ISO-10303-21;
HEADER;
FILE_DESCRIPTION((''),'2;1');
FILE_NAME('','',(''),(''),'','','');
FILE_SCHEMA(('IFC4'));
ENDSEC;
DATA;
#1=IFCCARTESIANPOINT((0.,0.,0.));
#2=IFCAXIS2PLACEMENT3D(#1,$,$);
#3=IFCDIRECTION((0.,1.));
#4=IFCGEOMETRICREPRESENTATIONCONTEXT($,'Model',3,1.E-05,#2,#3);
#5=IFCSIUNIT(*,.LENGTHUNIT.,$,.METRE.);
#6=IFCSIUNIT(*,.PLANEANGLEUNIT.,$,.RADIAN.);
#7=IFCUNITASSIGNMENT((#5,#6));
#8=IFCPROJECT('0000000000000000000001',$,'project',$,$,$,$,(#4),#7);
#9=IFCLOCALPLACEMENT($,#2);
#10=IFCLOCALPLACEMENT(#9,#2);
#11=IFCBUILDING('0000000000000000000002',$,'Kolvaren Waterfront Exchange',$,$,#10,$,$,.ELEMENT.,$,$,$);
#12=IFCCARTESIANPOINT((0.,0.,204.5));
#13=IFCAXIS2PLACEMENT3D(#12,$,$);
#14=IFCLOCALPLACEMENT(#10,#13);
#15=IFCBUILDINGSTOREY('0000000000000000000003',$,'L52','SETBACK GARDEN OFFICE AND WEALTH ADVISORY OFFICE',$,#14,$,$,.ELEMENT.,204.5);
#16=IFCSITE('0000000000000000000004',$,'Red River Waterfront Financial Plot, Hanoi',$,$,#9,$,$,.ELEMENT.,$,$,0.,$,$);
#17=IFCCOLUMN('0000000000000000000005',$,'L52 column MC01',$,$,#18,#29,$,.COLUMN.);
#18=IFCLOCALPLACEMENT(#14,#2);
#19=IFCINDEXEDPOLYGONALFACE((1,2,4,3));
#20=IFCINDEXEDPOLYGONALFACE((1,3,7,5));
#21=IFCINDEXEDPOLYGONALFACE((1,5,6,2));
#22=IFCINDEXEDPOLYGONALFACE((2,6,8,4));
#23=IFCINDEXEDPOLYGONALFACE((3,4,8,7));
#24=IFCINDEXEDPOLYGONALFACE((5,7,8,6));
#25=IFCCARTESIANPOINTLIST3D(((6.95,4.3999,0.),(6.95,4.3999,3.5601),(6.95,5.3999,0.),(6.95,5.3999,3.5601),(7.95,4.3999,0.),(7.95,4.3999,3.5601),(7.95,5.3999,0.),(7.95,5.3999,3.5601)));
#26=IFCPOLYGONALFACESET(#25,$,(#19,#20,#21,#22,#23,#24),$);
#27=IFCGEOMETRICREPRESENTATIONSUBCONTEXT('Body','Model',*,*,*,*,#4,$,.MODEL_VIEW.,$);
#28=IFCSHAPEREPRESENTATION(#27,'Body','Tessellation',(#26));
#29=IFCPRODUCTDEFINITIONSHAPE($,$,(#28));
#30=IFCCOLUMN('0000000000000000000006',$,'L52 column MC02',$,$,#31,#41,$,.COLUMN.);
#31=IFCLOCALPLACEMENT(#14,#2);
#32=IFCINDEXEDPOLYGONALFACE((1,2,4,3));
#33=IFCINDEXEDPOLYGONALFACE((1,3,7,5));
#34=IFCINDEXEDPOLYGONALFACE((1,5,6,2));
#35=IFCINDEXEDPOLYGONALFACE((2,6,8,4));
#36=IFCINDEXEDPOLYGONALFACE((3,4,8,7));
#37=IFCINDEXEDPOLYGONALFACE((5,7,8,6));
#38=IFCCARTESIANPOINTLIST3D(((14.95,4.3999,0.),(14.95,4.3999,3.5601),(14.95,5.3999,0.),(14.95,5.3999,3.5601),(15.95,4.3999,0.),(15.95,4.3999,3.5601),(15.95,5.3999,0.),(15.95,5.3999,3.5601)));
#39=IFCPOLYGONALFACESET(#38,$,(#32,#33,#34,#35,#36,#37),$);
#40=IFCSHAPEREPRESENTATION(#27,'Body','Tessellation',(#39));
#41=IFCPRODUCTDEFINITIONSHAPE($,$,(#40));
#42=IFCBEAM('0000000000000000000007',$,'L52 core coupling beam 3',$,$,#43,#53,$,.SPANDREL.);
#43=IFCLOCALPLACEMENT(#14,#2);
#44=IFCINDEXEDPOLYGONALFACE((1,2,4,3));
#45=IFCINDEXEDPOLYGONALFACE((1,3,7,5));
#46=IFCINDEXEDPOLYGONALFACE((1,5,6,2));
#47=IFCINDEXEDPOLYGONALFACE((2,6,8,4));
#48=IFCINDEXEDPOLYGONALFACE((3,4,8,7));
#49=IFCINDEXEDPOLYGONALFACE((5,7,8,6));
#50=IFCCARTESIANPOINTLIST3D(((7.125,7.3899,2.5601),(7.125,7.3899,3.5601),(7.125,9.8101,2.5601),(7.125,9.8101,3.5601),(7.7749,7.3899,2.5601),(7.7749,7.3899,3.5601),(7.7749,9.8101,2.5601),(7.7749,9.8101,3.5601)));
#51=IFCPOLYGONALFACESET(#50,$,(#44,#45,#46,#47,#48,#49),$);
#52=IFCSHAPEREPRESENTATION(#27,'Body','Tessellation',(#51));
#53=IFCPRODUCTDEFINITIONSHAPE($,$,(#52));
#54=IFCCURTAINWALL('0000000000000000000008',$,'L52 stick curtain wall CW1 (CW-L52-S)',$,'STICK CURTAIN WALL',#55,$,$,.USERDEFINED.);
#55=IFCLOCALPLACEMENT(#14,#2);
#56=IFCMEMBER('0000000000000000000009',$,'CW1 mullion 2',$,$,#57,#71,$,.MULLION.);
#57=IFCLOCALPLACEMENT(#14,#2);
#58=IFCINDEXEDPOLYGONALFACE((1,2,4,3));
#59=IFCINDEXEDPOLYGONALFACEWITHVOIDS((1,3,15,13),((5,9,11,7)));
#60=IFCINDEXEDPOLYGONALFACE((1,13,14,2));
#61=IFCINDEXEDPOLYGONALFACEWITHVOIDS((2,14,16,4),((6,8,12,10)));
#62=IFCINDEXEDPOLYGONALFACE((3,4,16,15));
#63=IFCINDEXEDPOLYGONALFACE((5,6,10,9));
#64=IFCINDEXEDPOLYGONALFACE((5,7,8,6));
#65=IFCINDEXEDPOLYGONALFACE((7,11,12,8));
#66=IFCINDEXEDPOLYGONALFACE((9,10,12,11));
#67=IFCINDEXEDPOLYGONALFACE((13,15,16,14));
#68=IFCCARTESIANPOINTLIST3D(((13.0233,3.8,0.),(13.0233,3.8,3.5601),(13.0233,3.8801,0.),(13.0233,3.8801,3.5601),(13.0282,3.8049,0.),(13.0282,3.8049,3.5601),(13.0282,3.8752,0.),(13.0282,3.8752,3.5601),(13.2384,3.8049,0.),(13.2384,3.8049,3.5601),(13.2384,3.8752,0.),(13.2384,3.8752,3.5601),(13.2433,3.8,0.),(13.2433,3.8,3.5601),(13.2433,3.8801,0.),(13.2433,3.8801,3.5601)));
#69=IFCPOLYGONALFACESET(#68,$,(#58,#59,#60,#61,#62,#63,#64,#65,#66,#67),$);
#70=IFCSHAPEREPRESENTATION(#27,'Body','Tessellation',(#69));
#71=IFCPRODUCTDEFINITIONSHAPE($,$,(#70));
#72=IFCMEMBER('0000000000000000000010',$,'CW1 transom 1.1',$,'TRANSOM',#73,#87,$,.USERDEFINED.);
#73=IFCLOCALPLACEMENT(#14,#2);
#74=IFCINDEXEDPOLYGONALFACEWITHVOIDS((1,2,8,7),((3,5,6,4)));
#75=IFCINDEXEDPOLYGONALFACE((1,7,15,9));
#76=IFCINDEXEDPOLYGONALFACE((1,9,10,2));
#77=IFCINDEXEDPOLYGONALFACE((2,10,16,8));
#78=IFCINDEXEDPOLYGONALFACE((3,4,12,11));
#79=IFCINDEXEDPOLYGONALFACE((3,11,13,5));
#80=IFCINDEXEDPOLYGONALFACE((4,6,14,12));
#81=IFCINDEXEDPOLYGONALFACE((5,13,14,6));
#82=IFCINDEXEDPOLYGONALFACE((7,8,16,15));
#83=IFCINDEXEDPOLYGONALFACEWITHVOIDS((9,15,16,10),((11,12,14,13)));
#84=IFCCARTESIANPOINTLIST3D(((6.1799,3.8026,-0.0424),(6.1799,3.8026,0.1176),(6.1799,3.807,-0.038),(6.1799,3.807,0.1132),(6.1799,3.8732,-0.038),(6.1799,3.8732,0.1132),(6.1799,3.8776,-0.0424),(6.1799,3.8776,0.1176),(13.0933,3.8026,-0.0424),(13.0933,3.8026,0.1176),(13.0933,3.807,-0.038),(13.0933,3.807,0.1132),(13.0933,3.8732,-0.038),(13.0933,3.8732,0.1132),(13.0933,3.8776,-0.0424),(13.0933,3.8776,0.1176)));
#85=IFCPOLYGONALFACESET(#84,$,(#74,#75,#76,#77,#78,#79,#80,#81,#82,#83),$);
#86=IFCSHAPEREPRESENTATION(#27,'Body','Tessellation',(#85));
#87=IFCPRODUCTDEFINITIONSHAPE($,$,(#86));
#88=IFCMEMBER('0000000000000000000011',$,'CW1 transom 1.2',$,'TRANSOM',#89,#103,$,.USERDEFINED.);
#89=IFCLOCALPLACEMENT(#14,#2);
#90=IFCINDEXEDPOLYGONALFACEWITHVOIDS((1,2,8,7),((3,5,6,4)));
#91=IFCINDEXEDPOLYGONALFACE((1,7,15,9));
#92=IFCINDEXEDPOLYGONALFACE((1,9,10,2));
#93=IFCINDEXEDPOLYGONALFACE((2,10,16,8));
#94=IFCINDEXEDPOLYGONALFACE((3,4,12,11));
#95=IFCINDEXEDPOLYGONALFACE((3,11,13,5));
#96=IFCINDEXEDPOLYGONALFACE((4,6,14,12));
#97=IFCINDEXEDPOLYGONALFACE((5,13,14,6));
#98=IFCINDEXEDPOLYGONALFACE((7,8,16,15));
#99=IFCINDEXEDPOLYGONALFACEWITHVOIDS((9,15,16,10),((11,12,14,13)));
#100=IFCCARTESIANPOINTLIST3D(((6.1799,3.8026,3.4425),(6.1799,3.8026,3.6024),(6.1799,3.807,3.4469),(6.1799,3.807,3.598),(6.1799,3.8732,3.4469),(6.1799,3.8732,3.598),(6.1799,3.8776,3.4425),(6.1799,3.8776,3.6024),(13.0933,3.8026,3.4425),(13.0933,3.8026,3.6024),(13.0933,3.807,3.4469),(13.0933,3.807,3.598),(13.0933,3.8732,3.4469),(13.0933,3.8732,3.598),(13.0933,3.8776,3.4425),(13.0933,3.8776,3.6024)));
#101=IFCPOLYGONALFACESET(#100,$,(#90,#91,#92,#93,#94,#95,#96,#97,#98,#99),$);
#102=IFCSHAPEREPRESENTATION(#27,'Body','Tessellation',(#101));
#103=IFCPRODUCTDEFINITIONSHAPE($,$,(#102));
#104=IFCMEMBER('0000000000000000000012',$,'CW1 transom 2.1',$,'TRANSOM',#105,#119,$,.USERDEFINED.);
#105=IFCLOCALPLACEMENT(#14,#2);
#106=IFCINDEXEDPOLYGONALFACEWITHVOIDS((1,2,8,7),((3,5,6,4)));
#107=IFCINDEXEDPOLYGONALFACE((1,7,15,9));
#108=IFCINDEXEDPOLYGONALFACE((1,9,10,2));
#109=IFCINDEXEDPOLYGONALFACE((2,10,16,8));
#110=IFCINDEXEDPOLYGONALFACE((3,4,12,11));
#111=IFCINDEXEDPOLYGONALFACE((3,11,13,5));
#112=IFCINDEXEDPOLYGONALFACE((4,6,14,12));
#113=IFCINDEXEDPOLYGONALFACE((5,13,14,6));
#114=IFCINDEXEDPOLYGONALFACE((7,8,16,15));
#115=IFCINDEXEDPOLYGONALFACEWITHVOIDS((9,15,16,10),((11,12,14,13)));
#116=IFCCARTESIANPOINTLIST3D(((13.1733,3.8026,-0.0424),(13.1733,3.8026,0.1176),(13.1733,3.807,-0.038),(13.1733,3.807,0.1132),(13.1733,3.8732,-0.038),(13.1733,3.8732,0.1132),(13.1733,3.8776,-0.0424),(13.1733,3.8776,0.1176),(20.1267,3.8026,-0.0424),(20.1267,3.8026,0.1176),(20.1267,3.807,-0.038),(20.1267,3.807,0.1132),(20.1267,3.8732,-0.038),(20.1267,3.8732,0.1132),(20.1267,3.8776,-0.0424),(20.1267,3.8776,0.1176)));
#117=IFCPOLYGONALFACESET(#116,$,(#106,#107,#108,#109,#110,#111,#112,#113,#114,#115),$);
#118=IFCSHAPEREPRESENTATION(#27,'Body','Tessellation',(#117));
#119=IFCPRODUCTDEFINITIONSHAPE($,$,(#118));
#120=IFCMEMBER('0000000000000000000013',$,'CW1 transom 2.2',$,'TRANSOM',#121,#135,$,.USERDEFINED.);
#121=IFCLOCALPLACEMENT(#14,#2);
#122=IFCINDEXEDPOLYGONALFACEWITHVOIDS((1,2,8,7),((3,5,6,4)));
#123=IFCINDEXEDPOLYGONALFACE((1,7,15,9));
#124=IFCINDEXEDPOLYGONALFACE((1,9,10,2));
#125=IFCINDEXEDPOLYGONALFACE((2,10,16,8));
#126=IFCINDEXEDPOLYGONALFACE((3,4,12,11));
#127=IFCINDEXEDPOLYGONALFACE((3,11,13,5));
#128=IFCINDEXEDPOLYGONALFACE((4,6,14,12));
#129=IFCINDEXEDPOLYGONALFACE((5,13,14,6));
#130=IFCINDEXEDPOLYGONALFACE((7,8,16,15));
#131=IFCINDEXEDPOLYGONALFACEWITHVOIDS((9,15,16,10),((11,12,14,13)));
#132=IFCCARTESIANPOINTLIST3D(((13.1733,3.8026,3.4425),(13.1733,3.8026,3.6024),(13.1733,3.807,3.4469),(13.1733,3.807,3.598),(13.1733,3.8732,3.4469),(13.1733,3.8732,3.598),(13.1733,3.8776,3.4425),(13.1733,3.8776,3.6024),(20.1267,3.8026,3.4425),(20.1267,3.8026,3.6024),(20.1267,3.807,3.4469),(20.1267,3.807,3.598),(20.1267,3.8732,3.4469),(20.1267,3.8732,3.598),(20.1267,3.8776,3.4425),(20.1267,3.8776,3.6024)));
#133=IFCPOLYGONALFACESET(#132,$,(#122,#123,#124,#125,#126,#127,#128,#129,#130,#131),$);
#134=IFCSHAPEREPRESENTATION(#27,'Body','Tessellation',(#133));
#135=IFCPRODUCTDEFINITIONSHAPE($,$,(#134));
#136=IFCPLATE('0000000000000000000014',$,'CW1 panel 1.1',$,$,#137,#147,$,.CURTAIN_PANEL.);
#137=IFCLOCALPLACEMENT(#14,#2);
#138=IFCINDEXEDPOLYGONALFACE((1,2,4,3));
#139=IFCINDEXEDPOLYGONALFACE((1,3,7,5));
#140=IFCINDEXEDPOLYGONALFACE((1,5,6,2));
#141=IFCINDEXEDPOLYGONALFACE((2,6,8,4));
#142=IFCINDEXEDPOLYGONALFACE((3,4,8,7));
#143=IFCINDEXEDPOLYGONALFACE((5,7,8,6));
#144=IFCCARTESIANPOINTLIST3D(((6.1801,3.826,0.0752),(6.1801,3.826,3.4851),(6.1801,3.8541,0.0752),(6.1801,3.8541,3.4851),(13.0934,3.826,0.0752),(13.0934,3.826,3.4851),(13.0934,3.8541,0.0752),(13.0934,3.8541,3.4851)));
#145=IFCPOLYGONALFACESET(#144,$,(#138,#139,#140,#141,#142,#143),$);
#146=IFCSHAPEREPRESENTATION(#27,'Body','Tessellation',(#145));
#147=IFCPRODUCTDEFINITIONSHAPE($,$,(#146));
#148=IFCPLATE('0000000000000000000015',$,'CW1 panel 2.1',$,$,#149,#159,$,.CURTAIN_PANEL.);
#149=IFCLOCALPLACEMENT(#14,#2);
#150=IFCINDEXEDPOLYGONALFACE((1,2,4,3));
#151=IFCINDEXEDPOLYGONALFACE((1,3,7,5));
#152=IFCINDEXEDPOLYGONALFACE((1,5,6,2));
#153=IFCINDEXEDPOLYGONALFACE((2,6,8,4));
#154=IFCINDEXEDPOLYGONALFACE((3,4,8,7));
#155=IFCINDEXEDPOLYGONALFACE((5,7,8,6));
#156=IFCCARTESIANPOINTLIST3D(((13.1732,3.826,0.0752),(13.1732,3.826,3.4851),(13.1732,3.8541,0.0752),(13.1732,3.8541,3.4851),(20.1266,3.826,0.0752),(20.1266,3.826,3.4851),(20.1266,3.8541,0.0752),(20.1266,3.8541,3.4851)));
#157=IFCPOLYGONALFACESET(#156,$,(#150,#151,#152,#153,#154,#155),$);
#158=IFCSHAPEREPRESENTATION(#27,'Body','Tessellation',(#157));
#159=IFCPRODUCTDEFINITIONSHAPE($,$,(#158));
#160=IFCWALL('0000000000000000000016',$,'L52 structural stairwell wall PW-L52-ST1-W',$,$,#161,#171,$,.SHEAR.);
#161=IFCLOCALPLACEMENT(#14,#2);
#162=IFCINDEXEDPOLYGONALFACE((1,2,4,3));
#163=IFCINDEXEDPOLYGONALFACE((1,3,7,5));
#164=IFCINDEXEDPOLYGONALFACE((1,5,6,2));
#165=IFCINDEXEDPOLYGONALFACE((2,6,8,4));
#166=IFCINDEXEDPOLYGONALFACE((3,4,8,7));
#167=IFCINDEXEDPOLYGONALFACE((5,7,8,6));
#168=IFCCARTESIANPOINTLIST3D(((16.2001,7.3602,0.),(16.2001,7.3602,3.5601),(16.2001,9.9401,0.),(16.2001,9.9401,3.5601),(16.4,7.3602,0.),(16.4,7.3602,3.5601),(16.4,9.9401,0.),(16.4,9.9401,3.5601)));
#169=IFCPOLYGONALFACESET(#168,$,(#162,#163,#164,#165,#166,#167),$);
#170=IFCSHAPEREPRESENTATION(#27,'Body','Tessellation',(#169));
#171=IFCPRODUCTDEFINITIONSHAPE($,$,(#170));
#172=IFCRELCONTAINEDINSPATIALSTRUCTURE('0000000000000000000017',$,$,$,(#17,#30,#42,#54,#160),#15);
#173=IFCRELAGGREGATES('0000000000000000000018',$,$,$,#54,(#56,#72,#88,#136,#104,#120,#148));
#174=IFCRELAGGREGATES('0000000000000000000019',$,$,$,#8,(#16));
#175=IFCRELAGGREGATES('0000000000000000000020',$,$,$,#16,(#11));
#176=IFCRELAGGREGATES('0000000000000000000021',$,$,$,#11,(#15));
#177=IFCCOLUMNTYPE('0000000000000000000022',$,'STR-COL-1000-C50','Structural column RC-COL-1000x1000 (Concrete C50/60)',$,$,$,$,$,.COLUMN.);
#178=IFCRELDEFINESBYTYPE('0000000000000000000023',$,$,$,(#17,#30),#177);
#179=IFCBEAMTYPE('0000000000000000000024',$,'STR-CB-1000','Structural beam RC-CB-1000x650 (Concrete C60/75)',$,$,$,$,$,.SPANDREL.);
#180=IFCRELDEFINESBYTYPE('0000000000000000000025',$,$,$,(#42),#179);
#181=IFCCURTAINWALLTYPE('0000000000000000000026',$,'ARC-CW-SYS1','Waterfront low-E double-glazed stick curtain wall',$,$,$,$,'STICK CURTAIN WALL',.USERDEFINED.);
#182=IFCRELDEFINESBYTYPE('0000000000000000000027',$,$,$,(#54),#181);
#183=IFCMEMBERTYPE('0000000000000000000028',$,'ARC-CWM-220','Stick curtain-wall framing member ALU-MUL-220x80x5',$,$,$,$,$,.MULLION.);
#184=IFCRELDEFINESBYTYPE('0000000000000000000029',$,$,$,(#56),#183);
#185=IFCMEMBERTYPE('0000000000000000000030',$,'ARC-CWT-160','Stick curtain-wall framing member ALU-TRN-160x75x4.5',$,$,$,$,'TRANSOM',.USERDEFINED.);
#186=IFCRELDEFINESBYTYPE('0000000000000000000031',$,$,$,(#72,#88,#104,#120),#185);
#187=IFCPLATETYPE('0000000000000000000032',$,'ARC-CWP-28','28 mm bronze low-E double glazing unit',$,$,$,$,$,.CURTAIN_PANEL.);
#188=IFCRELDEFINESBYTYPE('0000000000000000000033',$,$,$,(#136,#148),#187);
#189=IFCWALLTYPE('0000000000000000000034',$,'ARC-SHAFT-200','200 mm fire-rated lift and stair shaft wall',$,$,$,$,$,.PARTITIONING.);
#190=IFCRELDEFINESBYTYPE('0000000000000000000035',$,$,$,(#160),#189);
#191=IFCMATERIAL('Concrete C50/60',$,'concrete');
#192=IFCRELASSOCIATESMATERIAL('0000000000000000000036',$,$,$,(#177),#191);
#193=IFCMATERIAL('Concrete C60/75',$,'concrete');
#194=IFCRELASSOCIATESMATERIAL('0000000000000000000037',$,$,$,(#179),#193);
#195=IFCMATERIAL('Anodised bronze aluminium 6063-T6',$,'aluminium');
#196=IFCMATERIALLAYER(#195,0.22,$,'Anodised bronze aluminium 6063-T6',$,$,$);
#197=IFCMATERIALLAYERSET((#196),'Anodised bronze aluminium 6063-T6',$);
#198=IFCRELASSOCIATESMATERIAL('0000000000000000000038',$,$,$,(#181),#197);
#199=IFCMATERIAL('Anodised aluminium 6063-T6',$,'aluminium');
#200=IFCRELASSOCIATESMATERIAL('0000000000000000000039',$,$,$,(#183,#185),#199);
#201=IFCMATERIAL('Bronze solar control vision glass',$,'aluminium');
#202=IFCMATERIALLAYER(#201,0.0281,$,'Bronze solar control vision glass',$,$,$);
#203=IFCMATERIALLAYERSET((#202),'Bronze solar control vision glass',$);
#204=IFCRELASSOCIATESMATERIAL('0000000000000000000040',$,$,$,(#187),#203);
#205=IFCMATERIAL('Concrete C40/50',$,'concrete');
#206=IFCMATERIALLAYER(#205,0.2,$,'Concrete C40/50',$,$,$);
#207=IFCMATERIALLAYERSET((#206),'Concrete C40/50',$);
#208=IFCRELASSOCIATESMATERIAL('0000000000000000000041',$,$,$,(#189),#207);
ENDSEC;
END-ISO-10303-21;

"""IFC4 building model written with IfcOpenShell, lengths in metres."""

from ifc_helpers import new_model, si_unit, direction, frame, frame_2d, origin, origin_with_axes, origin_2d, place, context, subcontext, project, spatial, rectangle, hollow_rectangle, extrude, source, transform, mapped, material, layer, layer_set, material_profile, profile_set, type_object, element, aggregate, save


model = new_model("IFC4")

# Units and contexts
model_context = context("Model", 3, precision=1e-05, world=origin(), true_north=direction((0.0, 1.0)))
body_context = subcontext(model_context, "Body", "Model", "MODEL_VIEW")
ifc_project = project(units=[si_unit("LENGTHUNIT", "METRE"), si_unit("PLANEANGLEUNIT", "RADIAN")], contexts=[model_context])

# Site, building, storey
site_placement = place(None, origin())
site = spatial("IfcSite", under=ifc_project, at=site_placement, Name="Red River Waterfront Financial Plot, Hanoi", CompositionType="ELEMENT", RefElevation=0.0)
building_placement = place(site_placement, origin())
building = spatial("IfcBuilding", under=site, at=building_placement, Name="Kolvaren Waterfront Exchange", CompositionType="ELEMENT")
storey_placement = place(building_placement, frame((0.0, 0.0, 204.5)))
storey = spatial("IfcBuildingStorey", under=building, at=storey_placement, Name="L52", Description="SETBACK GARDEN OFFICE AND WEALTH ADVISORY OFFICE", CompositionType="ELEMENT", Elevation=204.5)

# Columns
ifc_material_1 = material(Name="Concrete C50/60", Category="concrete")
ifc_material_profile_1 = material_profile(ifc_material_1, rectangle(XDim=1.0, YDim=1.0, at=origin_2d()), Name="RC-COL-1000x1000")
ifc_profile_set_1 = profile_set([ifc_material_profile_1], Name="Concrete C50/60")
column_type = type_object("IfcColumnType", Name="STR-COL-1000-C50", Description="Structural column RC-COL-1000x1000 (Concrete C50/60)", PredefinedType="COLUMN", material=ifc_profile_set_1)
for number, where, z_axis, x_axis, name in (
    (1, (7.45, 4.8999, 0.0), (0.0, 0.0, 1.0), (1.0, 0.0, 0.0), "L52 column MC01"),
    (2, (15.45, 4.8999, 0.0), (0.0, 0.0, 1.0), (1.0, 0.0, 0.0), "L52 column MC02"),
):
    element("IfcColumn", number, at=place(storey_placement, frame(where, z_axis=z_axis, x_axis=x_axis)), inside=storey, type_object=column_type, Name=name, PredefinedType="COLUMN", context=body_context, shape_type="SweptSolid", body=[
        extrude(rectangle(XDim=1.0, YDim=1.0, at=origin_2d()), origin(), (0.0, 0.0, 1.0), 3.5601),
    ])

# Beam
ifc_material_2 = material(Name="Concrete C60/75", Category="concrete")
ifc_material_profile_2 = material_profile(ifc_material_2, rectangle(XDim=0.6499, YDim=1.0, at=origin_2d()), Name="RC-CB-1000x650")
ifc_profile_set_2 = profile_set([ifc_material_profile_2], Name="Concrete C60/75")
beam_type = type_object("IfcBeamType", Name="STR-CB-1000", Description="Structural beam RC-CB-1000x650 (Concrete C60/75)", PredefinedType="SPANDREL", material=ifc_profile_set_2)
beam_placement = place(storey_placement, frame((7.45, 7.3899, 3.0601), z_axis=(0.0, 1.0, 0.0), x_axis=(-1.0, 0.0, 0.0)))
element("IfcBeam", 3, at=beam_placement, inside=storey, type_object=beam_type, Name="L52 core coupling beam 3", PredefinedType="SPANDREL", context=body_context, shape_type="SweptSolid", body=[
    extrude(rectangle(XDim=0.6499, YDim=1.0, at=origin_2d()), origin(), (0.0, 0.0, 1.0), 2.4202),
])

# Curtain wall, members, plates
ifc_material_3 = material(Name="Anodised bronze aluminium 6063-T6", Category="aluminium")
ifc_layer_1 = layer(ifc_material_3, 0.22, Name="Anodised bronze aluminium 6063-T6")
ifc_layer_set_1 = layer_set([ifc_layer_1], Name="Anodised bronze aluminium 6063-T6")
curtain_wall_type = type_object("IfcCurtainWallType", Name="ARC-CW-SYS1", Description="Waterfront low-E double-glazed stick curtain wall", ElementType="STICK CURTAIN WALL", PredefinedType="USERDEFINED", material=ifc_layer_set_1)
curtain_wall_placement = place(storey_placement, origin())
curtain_wall = element("IfcCurtainWall", 4, at=curtain_wall_placement, inside=storey, type_object=curtain_wall_type, Name="L52 stick curtain wall CW1 (CW-L52-S)", ObjectType="STICK CURTAIN WALL", PredefinedType="USERDEFINED")
ifc_material_4 = material(Name="Anodised aluminium 6063-T6", Category="aluminium")
ifc_material_profile_3 = material_profile(ifc_material_4, hollow_rectangle(XDim=0.0801, YDim=0.22, WallThickness=0.0049, at=origin_2d()), Name="ALU-MUL-220x80x5")
ifc_profile_set_3 = profile_set([ifc_material_profile_3], Name="Anodised aluminium 6063-T6")
member_type_1 = type_object("IfcMemberType", Name="ARC-CWM-220", Description="Stick curtain-wall framing member ALU-MUL-220x80x5", PredefinedType="MULLION", material=ifc_profile_set_3)
shared_shape_1 = source(origin_with_axes(), body_context, "Body", "SweptSolid", [
    extrude(hollow_rectangle(XDim=0.0801, YDim=0.22, WallThickness=0.0049, at=origin_2d()), origin(), (0.0, 0.0, 1.0), 3.5601),
])
member_1_placement = place(storey_placement, frame((13.1333, 3.8401, 0.0), z_axis=(0.0, 0.0, 1.0), x_axis=(0.0, 1.0, 0.0)))
member_1 = element("IfcMember", 5, at=member_1_placement, type_object=member_type_1, Name="CW1 mullion 2", PredefinedType="MULLION", context=body_context, shape_type="MappedRepresentation", body=[
    mapped(shared_shape_1, transform((0.0, 0.0, 0.0), x_axis=(1.0, 0.0, 0.0), y_axis=(0.0, 1.0, 0.0), z_axis=(0.0, 0.0, 1.0), scale=1.0)),
])
ifc_material_profile_4 = material_profile(ifc_material_4, hollow_rectangle(XDim=0.075, YDim=0.1599, WallThickness=0.0044, at=origin_2d()), Name="ALU-TRN-160x75x4.5")
ifc_profile_set_4 = profile_set([ifc_material_profile_4], Name="Anodised aluminium 6063-T6")
member_type_2 = type_object("IfcMemberType", Name="ARC-CWT-160", Description="Stick curtain-wall framing member ALU-TRN-160x75x4.5", ElementType="TRANSOM", PredefinedType="USERDEFINED", material=ifc_profile_set_4)
shared_shape_2 = source(origin_with_axes(), body_context, "Body", "SweptSolid", [
    extrude(hollow_rectangle(XDim=0.075, YDim=0.1599, WallThickness=0.0044, at=origin_2d()), origin(), (0.0, 0.0, 1.0), 6.9133),
])
member_2_placement = place(storey_placement, frame((6.1799, 3.8401, 0.0376), z_axis=(1.0, 0.0, 0.0), x_axis=(0.0, 1.0, 0.0)))
member_2 = element("IfcMember", 6, at=member_2_placement, type_object=member_type_2, Name="CW1 transom 1.1", ObjectType="TRANSOM", PredefinedType="USERDEFINED", context=body_context, shape_type="MappedRepresentation", body=[
    mapped(shared_shape_2, transform((0.0, 0.0, 0.0), x_axis=(1.0, 0.0, 0.0), y_axis=(0.0, 1.0, 0.0), z_axis=(0.0, 0.0, 1.0), scale=1.0)),
])
member_3_placement = place(storey_placement, frame((6.1799, 3.8401, 3.5225), z_axis=(1.0, 0.0, 0.0), x_axis=(0.0, 1.0, 0.0)))
member_3 = element("IfcMember", 7, at=member_3_placement, type_object=member_type_2, Name="CW1 transom 1.2", ObjectType="TRANSOM", PredefinedType="USERDEFINED", context=body_context, shape_type="MappedRepresentation", body=[
    mapped(shared_shape_2, transform((0.0, 0.0, 0.0), x_axis=(1.0, 0.0, 0.0), y_axis=(0.0, 1.0, 0.0), z_axis=(0.0, 0.0, 1.0), scale=1.0)),
])
shared_shape_3 = source(origin_with_axes(), body_context, "Body", "SweptSolid", [
    extrude(hollow_rectangle(XDim=0.075, YDim=0.1599, WallThickness=0.0044, at=origin_2d()), origin(), (0.0, 0.0, 1.0), 6.9534),
])
member_4_placement = place(storey_placement, frame((13.1733, 3.8401, 0.0376), z_axis=(1.0, 0.0, 0.0), x_axis=(0.0, 1.0, 0.0)))
member_4 = element("IfcMember", 8, at=member_4_placement, type_object=member_type_2, Name="CW1 transom 2.1", ObjectType="TRANSOM", PredefinedType="USERDEFINED", context=body_context, shape_type="MappedRepresentation", body=[
    mapped(shared_shape_3, transform((0.0, 0.0, 0.0), x_axis=(1.0, 0.0, 0.0), y_axis=(0.0, 1.0, 0.0), z_axis=(0.0, 0.0, 1.0), scale=1.0)),
])
member_5_placement = place(storey_placement, frame((13.1733, 3.8401, 3.5225), z_axis=(1.0, 0.0, 0.0), x_axis=(0.0, 1.0, 0.0)))
member_5 = element("IfcMember", 9, at=member_5_placement, type_object=member_type_2, Name="CW1 transom 2.2", ObjectType="TRANSOM", PredefinedType="USERDEFINED", context=body_context, shape_type="MappedRepresentation", body=[
    mapped(shared_shape_3, transform((0.0, 0.0, 0.0), x_axis=(1.0, 0.0, 0.0), y_axis=(0.0, 1.0, 0.0), z_axis=(0.0, 0.0, 1.0), scale=1.0)),
])
ifc_material_5 = material(Name="Bronze solar control vision glass", Category="aluminium")
ifc_layer_2 = layer(ifc_material_5, 0.0281, Name="Bronze solar control vision glass")
ifc_layer_set_2 = layer_set([ifc_layer_2], Name="Bronze solar control vision glass")
plate_type = type_object("IfcPlateType", Name="ARC-CWP-28", Description="28 mm bronze low-E double glazing unit", PredefinedType="CURTAIN_PANEL", material=ifc_layer_set_2)
shared_shape_4 = source(origin_with_axes(), body_context, "Body", "SweptSolid", [
    extrude(rectangle(XDim=6.9133, YDim=0.0281, at=origin_2d()), origin(), (0.0, 0.0, 1.0), 3.4099),
])
plate_1_placement = place(storey_placement, frame((9.6367, 3.8401, 0.0752), z_axis=(0.0, 0.0, 1.0), x_axis=(1.0, 0.0, 0.0)))
plate_1 = element("IfcPlate", 10, at=plate_1_placement, type_object=plate_type, Name="CW1 panel 1.1", PredefinedType="CURTAIN_PANEL", context=body_context, shape_type="MappedRepresentation", body=[
    mapped(shared_shape_4, transform((0.0, 0.0, 0.0), x_axis=(1.0, 0.0, 0.0), y_axis=(0.0, 1.0, 0.0), z_axis=(0.0, 0.0, 1.0), scale=1.0)),
])
shared_shape_5 = source(origin_with_axes(), body_context, "Body", "SweptSolid", [
    extrude(rectangle(XDim=6.9534, YDim=0.0281, at=origin_2d()), origin(), (0.0, 0.0, 1.0), 3.4099),
])
plate_2_placement = place(storey_placement, frame((16.6499, 3.8401, 0.0752), z_axis=(0.0, 0.0, 1.0), x_axis=(1.0, 0.0, 0.0)))
plate_2 = element("IfcPlate", 11, at=plate_2_placement, type_object=plate_type, Name="CW1 panel 2.1", PredefinedType="CURTAIN_PANEL", context=body_context, shape_type="MappedRepresentation", body=[
    mapped(shared_shape_5, transform((0.0, 0.0, 0.0), x_axis=(1.0, 0.0, 0.0), y_axis=(0.0, 1.0, 0.0), z_axis=(0.0, 0.0, 1.0), scale=1.0)),
])
aggregate(curtain_wall, [member_1, member_2, member_3, plate_1, member_4, member_5, plate_2])

# Wall
ifc_material_6 = material(Name="Concrete C40/50", Category="concrete")
ifc_layer_3 = layer(ifc_material_6, 0.2, Name="Concrete C40/50")
ifc_layer_set_3 = layer_set([ifc_layer_3], Name="Concrete C40/50")
wall_type_1 = type_object("IfcWallType", Name="ARC-SHAFT-200", Description="200 mm fire-rated lift and stair shaft wall", PredefinedType="PARTITIONING", material=ifc_layer_set_3)
wall_1_placement = place(storey_placement, frame((16.3, 7.3601, 0.0), z_axis=(0.0, 0.0, 1.0), x_axis=(0.0, 1.0, 0.0)))
element("IfcWall", 12, at=wall_1_placement, inside=storey, type_object=wall_type_1, Name="L52 structural stairwell wall PW-L52-ST1-W", PredefinedType="SHEAR", context=body_context, shape_type="SweptSolid", body=[
    extrude(rectangle(XDim=2.5798, YDim=0.2, at=frame_2d((1.29, 0.0))), origin(), (0.0, 0.0, 1.0), 3.5601),
])

save(model, "model.ifc")
